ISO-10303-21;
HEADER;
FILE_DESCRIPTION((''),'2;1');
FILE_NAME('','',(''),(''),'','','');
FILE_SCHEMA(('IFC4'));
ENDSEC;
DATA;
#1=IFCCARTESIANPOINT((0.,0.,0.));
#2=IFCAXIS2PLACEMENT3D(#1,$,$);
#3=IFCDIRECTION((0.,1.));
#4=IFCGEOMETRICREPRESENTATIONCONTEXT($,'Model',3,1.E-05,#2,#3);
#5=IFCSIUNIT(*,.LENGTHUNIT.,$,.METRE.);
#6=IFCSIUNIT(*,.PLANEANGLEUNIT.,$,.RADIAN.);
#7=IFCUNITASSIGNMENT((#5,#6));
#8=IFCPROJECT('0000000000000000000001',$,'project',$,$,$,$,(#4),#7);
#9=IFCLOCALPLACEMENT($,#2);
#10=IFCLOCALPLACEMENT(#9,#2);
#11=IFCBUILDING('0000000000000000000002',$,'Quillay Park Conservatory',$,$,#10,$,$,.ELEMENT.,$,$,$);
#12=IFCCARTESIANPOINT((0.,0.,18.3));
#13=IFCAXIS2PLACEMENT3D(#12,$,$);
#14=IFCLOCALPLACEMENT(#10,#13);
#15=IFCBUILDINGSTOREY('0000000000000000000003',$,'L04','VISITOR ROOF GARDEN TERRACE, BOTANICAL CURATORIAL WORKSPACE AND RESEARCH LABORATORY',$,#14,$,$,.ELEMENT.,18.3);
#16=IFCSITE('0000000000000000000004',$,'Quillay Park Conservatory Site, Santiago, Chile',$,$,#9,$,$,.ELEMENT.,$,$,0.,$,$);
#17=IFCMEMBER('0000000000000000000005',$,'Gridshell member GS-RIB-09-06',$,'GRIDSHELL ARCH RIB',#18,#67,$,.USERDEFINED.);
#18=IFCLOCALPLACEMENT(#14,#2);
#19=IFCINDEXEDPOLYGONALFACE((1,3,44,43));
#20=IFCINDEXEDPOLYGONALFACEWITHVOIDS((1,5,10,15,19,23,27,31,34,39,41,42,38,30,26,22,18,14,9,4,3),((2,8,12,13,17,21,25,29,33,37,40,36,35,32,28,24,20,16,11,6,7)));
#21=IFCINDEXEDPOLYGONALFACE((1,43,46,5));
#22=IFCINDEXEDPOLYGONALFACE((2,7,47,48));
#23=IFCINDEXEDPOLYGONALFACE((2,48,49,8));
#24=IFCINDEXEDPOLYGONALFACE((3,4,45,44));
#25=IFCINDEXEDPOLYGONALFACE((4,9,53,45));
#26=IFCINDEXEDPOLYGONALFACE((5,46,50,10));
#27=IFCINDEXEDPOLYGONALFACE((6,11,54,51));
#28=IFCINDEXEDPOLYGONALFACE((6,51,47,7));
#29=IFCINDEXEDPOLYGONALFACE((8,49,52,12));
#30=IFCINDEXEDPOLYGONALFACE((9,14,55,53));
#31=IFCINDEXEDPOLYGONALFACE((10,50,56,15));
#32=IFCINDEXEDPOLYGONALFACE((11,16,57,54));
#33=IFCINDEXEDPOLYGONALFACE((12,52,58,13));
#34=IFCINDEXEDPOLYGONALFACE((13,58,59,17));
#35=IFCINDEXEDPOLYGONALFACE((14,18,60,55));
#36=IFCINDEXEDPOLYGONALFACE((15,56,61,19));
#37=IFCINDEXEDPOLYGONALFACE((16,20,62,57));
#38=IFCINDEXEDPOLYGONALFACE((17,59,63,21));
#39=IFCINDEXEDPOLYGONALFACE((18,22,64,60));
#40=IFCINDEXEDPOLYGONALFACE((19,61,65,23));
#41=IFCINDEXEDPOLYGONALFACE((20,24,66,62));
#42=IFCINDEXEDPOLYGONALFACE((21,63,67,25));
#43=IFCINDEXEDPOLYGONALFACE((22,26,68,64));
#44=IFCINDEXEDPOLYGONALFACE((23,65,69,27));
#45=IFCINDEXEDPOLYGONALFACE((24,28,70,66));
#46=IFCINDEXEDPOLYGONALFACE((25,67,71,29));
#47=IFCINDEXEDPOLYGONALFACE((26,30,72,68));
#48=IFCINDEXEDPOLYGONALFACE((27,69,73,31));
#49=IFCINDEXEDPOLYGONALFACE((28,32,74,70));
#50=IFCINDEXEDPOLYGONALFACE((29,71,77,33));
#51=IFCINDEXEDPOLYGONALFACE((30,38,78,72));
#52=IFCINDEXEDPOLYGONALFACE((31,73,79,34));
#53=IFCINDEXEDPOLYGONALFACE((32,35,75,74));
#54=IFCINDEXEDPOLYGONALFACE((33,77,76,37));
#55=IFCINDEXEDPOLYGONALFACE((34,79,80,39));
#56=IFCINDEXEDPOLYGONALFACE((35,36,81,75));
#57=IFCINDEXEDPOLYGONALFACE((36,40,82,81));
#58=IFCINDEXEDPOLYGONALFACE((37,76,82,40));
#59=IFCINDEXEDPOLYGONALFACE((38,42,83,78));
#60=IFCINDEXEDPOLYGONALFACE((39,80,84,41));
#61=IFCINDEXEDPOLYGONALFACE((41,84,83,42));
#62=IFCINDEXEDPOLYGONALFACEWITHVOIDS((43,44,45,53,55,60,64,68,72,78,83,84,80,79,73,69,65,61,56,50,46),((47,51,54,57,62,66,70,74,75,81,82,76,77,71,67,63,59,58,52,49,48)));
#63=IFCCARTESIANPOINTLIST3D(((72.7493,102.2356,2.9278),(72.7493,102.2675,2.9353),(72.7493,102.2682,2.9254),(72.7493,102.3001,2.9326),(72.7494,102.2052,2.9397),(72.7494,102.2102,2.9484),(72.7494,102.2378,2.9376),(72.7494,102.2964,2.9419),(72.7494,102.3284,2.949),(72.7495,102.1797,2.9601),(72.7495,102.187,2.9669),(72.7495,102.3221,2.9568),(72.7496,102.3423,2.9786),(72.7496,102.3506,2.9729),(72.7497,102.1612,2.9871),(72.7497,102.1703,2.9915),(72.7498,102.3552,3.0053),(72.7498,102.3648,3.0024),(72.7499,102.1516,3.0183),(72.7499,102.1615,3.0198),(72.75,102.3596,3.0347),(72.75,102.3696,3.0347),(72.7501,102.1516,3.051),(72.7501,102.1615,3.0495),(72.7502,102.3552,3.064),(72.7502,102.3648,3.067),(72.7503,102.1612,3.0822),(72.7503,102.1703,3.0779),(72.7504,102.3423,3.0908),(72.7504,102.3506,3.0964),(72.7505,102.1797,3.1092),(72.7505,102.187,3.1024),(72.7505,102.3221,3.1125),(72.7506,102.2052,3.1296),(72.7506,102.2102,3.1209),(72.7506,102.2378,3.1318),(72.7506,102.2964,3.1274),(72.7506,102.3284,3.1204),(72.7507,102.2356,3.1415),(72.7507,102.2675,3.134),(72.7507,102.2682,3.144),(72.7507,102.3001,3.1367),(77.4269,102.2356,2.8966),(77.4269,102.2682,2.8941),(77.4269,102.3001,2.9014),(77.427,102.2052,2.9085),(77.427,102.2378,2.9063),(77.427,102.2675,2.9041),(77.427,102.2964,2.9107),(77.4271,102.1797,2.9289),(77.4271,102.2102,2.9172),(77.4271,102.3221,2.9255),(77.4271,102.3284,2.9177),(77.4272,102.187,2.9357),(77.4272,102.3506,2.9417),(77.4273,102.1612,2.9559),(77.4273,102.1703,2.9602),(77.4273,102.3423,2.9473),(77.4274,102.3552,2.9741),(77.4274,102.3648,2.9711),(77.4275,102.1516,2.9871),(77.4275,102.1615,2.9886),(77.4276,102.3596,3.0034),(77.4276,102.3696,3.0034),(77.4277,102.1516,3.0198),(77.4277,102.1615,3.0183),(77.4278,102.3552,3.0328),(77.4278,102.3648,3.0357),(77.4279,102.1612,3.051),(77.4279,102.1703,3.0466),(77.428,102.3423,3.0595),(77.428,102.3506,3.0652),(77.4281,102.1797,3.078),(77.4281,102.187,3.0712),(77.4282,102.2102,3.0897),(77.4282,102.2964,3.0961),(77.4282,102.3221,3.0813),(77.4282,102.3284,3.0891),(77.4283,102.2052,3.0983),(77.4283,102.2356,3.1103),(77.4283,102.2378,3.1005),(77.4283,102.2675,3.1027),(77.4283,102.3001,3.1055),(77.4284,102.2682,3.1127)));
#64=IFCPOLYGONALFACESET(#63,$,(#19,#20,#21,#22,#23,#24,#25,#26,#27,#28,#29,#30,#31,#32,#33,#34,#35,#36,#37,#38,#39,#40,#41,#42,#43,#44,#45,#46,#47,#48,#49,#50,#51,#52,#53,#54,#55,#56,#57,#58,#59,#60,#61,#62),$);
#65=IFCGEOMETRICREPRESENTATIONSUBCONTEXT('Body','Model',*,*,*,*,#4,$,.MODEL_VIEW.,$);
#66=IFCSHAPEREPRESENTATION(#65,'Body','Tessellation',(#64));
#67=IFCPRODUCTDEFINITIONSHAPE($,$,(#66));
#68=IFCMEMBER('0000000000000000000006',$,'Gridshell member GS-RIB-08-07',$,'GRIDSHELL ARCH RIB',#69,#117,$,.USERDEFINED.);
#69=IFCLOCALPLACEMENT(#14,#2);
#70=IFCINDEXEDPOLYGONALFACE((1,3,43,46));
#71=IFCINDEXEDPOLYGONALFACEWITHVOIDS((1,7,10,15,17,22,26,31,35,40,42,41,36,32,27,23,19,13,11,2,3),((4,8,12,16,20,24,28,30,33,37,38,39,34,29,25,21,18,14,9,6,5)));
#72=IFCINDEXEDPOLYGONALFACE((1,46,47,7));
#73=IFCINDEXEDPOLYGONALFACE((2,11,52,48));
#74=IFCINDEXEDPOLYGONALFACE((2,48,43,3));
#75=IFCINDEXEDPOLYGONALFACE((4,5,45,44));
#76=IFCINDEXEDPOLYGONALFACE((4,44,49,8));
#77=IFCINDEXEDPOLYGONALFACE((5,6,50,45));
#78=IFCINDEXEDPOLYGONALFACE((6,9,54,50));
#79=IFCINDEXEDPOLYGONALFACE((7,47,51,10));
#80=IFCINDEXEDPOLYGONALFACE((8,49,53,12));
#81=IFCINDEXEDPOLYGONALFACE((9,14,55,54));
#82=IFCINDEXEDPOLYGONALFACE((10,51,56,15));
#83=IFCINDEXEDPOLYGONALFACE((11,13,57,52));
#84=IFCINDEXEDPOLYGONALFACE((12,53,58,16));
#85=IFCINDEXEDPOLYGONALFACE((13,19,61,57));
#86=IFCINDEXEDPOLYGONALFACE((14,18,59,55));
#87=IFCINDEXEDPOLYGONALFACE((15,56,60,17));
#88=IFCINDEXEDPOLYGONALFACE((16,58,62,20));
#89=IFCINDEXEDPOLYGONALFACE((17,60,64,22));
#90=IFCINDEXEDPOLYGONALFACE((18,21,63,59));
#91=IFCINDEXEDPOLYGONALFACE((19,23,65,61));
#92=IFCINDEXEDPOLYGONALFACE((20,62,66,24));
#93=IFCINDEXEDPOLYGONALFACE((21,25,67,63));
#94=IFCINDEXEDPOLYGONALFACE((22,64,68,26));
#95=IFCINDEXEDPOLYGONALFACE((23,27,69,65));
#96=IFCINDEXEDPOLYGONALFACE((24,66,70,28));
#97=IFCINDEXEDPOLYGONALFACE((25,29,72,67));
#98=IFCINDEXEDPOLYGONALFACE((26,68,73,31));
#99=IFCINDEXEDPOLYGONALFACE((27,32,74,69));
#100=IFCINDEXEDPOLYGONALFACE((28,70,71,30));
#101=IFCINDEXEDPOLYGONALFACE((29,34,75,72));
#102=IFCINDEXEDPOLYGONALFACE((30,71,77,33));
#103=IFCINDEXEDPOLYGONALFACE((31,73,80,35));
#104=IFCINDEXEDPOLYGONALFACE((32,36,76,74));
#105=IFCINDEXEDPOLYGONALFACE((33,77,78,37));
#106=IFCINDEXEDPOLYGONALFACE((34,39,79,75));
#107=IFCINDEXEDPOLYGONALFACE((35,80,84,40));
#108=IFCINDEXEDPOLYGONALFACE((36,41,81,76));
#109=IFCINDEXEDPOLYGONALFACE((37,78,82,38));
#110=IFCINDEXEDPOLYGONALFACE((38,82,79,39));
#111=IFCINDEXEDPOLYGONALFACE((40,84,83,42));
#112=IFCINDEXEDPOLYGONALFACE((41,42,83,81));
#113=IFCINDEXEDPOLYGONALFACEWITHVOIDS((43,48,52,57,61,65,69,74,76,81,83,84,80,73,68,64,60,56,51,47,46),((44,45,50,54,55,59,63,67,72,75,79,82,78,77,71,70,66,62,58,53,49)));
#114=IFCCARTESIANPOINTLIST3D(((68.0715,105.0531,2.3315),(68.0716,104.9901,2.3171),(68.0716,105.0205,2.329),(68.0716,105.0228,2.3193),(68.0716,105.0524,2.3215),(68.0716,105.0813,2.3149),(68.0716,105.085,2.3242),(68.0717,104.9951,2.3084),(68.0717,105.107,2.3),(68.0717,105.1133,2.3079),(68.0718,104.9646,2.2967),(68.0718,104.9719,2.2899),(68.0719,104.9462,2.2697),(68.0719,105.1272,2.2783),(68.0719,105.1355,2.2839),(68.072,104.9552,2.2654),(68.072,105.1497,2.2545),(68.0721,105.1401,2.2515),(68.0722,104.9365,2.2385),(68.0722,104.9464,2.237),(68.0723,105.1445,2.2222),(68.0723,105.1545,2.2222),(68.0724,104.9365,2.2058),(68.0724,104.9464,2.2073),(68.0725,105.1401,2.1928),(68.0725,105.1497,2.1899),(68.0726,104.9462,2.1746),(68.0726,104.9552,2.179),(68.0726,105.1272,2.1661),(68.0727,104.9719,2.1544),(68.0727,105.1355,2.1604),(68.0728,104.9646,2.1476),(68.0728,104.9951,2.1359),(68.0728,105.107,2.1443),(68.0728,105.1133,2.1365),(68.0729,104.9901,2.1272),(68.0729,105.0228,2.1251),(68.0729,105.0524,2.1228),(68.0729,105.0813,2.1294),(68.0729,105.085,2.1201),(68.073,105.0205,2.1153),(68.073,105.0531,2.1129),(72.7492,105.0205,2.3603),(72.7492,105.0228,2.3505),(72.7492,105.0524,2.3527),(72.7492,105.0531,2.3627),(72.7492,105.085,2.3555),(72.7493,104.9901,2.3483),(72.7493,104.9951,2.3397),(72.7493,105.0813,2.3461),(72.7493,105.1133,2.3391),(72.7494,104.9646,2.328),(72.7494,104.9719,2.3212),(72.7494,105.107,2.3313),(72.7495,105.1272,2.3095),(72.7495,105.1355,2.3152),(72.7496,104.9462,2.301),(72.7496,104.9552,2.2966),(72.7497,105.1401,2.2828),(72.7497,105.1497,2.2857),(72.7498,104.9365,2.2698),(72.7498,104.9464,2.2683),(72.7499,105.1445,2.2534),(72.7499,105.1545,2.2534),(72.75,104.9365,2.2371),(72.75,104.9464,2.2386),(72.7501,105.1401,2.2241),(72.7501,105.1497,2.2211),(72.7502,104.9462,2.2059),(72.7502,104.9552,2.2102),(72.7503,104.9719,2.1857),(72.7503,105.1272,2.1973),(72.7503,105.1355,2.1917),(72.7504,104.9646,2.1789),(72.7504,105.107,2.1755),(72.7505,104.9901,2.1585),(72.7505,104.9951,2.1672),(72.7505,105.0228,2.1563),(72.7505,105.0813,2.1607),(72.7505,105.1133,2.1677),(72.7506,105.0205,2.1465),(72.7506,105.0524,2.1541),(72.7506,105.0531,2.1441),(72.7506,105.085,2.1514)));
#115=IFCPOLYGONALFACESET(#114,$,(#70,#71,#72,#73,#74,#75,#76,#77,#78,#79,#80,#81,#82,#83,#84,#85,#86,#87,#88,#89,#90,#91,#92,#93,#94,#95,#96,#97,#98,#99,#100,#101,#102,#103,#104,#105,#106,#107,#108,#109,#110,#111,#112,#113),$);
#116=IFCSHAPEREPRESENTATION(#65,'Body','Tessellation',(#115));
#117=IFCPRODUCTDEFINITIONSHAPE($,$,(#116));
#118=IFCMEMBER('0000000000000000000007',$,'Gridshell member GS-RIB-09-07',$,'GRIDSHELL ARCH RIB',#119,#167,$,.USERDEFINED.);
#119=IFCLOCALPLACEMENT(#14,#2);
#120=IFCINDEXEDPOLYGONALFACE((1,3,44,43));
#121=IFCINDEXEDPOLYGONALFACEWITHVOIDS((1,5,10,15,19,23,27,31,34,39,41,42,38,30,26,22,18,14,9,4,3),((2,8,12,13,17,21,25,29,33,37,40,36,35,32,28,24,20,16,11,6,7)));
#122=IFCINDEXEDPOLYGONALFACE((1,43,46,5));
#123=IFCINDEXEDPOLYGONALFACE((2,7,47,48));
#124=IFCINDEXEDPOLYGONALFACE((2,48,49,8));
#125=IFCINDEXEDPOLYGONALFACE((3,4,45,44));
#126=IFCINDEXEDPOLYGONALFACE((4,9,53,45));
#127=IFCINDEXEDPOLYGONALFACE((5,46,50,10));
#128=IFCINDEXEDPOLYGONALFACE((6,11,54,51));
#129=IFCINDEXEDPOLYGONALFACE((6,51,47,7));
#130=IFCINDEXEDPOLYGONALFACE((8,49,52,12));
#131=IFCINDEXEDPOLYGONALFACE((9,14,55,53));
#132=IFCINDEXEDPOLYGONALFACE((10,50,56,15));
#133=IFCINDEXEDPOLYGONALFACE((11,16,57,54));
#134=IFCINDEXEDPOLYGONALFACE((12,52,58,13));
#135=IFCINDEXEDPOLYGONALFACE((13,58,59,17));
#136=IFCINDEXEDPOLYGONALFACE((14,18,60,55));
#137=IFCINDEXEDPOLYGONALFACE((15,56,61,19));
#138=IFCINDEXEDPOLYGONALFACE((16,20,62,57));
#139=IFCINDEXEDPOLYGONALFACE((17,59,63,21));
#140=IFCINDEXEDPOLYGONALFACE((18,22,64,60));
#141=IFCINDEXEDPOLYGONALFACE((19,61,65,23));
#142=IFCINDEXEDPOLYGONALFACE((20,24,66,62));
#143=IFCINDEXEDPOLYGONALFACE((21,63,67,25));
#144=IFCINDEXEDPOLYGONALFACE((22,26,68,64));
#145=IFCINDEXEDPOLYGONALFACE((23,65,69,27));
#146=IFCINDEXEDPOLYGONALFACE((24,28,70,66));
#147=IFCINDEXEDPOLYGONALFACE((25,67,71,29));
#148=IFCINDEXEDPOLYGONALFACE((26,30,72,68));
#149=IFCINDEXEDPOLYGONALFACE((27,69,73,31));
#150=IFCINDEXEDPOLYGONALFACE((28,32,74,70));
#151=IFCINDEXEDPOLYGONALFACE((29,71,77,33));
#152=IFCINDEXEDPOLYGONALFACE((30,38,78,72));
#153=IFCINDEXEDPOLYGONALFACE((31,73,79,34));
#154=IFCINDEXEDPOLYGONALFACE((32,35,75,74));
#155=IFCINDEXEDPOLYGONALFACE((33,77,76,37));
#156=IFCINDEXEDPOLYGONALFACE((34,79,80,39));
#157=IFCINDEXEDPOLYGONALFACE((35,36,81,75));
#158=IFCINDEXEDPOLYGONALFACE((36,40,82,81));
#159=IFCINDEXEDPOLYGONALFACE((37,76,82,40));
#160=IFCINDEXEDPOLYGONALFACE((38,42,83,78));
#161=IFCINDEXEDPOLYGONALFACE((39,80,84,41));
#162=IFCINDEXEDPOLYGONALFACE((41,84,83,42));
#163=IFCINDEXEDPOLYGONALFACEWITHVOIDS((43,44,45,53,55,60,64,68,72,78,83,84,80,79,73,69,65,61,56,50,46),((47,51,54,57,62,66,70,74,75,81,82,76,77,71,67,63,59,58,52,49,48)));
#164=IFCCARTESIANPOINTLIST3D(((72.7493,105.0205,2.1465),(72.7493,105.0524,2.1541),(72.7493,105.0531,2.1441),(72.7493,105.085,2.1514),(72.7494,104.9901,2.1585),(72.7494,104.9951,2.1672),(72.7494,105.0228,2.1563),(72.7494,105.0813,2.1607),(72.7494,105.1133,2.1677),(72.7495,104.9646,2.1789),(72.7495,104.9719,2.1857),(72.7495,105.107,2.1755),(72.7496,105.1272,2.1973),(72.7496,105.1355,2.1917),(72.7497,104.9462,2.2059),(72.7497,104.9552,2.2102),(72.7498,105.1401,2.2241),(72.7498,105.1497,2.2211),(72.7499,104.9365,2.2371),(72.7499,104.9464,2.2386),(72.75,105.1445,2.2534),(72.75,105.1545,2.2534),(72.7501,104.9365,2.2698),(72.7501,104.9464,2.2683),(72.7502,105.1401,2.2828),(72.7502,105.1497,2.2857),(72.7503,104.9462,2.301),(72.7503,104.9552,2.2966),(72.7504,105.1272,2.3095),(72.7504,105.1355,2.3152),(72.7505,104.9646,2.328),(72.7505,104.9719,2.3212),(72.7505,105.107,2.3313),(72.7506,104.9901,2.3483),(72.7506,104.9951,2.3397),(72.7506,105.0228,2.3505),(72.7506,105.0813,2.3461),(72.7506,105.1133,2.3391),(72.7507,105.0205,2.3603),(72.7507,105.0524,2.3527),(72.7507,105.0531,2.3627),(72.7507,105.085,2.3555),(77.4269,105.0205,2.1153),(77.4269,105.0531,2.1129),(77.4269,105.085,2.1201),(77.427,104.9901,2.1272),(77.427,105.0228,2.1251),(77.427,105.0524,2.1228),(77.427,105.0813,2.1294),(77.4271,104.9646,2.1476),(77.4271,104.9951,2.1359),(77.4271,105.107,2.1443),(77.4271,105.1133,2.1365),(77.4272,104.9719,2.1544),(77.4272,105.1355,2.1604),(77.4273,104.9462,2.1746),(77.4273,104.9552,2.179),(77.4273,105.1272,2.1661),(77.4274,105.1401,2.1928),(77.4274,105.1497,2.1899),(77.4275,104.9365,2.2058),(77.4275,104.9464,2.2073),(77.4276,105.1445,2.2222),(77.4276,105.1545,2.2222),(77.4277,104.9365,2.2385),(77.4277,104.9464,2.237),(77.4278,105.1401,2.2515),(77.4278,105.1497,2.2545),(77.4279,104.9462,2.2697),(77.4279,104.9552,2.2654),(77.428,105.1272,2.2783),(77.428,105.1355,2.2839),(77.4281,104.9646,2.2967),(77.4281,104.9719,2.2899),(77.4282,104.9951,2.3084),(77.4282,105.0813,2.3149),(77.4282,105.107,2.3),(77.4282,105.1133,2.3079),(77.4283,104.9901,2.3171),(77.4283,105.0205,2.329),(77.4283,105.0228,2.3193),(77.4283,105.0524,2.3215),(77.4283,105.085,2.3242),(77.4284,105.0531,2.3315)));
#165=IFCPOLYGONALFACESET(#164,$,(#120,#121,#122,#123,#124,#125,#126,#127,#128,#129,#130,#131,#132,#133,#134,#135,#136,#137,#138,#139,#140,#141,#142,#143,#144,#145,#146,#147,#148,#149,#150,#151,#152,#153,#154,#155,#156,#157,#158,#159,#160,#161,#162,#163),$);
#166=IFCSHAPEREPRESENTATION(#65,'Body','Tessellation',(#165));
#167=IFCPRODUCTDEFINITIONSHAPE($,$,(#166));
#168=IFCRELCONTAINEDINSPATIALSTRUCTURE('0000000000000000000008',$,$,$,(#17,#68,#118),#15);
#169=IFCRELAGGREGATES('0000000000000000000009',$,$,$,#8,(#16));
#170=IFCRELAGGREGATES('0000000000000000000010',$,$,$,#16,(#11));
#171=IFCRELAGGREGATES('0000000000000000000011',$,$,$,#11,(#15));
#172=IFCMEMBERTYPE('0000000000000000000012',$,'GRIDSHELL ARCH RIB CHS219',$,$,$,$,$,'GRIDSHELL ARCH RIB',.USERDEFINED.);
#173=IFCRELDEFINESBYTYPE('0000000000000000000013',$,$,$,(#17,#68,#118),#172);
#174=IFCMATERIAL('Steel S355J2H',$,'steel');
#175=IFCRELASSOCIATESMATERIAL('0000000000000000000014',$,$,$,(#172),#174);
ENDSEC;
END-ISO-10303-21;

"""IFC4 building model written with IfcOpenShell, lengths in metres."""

from ifc_helpers import new_model, si_unit, direction, frame, origin, origin_2d, place, context, subcontext, project, spatial, hollow_circle, extrude, material, material_profile, profile_set, type_object, element, save


model = new_model("IFC4")

# Units and contexts
model_context = context("Model", 3, precision=1e-05, world=origin(), true_north=direction((0.0, 1.0)))
body_context = subcontext(model_context, "Body", "Model", "MODEL_VIEW")
ifc_project = project(units=[si_unit("LENGTHUNIT", "METRE"), si_unit("PLANEANGLEUNIT", "RADIAN")], contexts=[model_context])

# Site, building, storey
site_placement = place(None, origin())
site = spatial("IfcSite", under=ifc_project, at=site_placement, Name="Quillay Park Conservatory Site, Santiago, Chile", CompositionType="ELEMENT", RefElevation=0.0)
building_placement = place(site_placement, origin())
building = spatial("IfcBuilding", under=site, at=building_placement, Name="Quillay Park Conservatory", CompositionType="ELEMENT")
storey_placement = place(building_placement, frame((0.0, 0.0, 18.3)))
storey = spatial("IfcBuildingStorey", under=building, at=storey_placement, Name="L04", Description="VISITOR ROOF GARDEN TERRACE, BOTANICAL CURATORIAL WORKSPACE AND RESEARCH LABORATORY", CompositionType="ELEMENT", Elevation=18.3)

# Members
ifc_material_1 = material(Name="Steel S355J2H", Category="steel")
ifc_material_profile_1 = material_profile(ifc_material_1, hollow_circle(Radius=0.1096, WallThickness=0.01, at=origin_2d()), Name="CHS219.1x10")
ifc_profile_set_1 = profile_set([ifc_material_profile_1], Name="Steel S355J2H")
member_type = type_object("IfcMemberType", Name="GRIDSHELL ARCH RIB CHS219", ElementType="GRIDSHELL ARCH RIB", PredefinedType="USERDEFINED", material=ifc_profile_set_1)
for number, where, z_axis, x_axis, name in (
    (1, (72.75, 102.26, 3.0347), (0.999978, 0.0, -0.00668), (0.0, 1.0, 0.0), "Gridshell member GS-RIB-09-06"),
    (2, (68.0723, 105.0449, 2.2222), (0.999978, 0.0, 0.00668), (0.0, 1.0, 0.0), "Gridshell member GS-RIB-08-07"),
    (3, (72.75, 105.0449, 2.2534), (0.999978, 0.0, -0.00668), (0.0, 1.0, 0.0), "Gridshell member GS-RIB-09-07"),
):
    element("IfcMember", number, at=place(storey_placement, frame(where, z_axis=z_axis, x_axis=x_axis)), inside=storey, type_object=member_type, Name=name, ObjectType="GRIDSHELL ARCH RIB", PredefinedType="USERDEFINED", context=body_context, shape_type="SweptSolid", body=[
        extrude(hollow_circle(Radius=0.1096, WallThickness=0.01, at=origin_2d()), origin(), (0.0, 0.0, 1.0), 4.6777),
    ])

save(model, "model.ifc")
